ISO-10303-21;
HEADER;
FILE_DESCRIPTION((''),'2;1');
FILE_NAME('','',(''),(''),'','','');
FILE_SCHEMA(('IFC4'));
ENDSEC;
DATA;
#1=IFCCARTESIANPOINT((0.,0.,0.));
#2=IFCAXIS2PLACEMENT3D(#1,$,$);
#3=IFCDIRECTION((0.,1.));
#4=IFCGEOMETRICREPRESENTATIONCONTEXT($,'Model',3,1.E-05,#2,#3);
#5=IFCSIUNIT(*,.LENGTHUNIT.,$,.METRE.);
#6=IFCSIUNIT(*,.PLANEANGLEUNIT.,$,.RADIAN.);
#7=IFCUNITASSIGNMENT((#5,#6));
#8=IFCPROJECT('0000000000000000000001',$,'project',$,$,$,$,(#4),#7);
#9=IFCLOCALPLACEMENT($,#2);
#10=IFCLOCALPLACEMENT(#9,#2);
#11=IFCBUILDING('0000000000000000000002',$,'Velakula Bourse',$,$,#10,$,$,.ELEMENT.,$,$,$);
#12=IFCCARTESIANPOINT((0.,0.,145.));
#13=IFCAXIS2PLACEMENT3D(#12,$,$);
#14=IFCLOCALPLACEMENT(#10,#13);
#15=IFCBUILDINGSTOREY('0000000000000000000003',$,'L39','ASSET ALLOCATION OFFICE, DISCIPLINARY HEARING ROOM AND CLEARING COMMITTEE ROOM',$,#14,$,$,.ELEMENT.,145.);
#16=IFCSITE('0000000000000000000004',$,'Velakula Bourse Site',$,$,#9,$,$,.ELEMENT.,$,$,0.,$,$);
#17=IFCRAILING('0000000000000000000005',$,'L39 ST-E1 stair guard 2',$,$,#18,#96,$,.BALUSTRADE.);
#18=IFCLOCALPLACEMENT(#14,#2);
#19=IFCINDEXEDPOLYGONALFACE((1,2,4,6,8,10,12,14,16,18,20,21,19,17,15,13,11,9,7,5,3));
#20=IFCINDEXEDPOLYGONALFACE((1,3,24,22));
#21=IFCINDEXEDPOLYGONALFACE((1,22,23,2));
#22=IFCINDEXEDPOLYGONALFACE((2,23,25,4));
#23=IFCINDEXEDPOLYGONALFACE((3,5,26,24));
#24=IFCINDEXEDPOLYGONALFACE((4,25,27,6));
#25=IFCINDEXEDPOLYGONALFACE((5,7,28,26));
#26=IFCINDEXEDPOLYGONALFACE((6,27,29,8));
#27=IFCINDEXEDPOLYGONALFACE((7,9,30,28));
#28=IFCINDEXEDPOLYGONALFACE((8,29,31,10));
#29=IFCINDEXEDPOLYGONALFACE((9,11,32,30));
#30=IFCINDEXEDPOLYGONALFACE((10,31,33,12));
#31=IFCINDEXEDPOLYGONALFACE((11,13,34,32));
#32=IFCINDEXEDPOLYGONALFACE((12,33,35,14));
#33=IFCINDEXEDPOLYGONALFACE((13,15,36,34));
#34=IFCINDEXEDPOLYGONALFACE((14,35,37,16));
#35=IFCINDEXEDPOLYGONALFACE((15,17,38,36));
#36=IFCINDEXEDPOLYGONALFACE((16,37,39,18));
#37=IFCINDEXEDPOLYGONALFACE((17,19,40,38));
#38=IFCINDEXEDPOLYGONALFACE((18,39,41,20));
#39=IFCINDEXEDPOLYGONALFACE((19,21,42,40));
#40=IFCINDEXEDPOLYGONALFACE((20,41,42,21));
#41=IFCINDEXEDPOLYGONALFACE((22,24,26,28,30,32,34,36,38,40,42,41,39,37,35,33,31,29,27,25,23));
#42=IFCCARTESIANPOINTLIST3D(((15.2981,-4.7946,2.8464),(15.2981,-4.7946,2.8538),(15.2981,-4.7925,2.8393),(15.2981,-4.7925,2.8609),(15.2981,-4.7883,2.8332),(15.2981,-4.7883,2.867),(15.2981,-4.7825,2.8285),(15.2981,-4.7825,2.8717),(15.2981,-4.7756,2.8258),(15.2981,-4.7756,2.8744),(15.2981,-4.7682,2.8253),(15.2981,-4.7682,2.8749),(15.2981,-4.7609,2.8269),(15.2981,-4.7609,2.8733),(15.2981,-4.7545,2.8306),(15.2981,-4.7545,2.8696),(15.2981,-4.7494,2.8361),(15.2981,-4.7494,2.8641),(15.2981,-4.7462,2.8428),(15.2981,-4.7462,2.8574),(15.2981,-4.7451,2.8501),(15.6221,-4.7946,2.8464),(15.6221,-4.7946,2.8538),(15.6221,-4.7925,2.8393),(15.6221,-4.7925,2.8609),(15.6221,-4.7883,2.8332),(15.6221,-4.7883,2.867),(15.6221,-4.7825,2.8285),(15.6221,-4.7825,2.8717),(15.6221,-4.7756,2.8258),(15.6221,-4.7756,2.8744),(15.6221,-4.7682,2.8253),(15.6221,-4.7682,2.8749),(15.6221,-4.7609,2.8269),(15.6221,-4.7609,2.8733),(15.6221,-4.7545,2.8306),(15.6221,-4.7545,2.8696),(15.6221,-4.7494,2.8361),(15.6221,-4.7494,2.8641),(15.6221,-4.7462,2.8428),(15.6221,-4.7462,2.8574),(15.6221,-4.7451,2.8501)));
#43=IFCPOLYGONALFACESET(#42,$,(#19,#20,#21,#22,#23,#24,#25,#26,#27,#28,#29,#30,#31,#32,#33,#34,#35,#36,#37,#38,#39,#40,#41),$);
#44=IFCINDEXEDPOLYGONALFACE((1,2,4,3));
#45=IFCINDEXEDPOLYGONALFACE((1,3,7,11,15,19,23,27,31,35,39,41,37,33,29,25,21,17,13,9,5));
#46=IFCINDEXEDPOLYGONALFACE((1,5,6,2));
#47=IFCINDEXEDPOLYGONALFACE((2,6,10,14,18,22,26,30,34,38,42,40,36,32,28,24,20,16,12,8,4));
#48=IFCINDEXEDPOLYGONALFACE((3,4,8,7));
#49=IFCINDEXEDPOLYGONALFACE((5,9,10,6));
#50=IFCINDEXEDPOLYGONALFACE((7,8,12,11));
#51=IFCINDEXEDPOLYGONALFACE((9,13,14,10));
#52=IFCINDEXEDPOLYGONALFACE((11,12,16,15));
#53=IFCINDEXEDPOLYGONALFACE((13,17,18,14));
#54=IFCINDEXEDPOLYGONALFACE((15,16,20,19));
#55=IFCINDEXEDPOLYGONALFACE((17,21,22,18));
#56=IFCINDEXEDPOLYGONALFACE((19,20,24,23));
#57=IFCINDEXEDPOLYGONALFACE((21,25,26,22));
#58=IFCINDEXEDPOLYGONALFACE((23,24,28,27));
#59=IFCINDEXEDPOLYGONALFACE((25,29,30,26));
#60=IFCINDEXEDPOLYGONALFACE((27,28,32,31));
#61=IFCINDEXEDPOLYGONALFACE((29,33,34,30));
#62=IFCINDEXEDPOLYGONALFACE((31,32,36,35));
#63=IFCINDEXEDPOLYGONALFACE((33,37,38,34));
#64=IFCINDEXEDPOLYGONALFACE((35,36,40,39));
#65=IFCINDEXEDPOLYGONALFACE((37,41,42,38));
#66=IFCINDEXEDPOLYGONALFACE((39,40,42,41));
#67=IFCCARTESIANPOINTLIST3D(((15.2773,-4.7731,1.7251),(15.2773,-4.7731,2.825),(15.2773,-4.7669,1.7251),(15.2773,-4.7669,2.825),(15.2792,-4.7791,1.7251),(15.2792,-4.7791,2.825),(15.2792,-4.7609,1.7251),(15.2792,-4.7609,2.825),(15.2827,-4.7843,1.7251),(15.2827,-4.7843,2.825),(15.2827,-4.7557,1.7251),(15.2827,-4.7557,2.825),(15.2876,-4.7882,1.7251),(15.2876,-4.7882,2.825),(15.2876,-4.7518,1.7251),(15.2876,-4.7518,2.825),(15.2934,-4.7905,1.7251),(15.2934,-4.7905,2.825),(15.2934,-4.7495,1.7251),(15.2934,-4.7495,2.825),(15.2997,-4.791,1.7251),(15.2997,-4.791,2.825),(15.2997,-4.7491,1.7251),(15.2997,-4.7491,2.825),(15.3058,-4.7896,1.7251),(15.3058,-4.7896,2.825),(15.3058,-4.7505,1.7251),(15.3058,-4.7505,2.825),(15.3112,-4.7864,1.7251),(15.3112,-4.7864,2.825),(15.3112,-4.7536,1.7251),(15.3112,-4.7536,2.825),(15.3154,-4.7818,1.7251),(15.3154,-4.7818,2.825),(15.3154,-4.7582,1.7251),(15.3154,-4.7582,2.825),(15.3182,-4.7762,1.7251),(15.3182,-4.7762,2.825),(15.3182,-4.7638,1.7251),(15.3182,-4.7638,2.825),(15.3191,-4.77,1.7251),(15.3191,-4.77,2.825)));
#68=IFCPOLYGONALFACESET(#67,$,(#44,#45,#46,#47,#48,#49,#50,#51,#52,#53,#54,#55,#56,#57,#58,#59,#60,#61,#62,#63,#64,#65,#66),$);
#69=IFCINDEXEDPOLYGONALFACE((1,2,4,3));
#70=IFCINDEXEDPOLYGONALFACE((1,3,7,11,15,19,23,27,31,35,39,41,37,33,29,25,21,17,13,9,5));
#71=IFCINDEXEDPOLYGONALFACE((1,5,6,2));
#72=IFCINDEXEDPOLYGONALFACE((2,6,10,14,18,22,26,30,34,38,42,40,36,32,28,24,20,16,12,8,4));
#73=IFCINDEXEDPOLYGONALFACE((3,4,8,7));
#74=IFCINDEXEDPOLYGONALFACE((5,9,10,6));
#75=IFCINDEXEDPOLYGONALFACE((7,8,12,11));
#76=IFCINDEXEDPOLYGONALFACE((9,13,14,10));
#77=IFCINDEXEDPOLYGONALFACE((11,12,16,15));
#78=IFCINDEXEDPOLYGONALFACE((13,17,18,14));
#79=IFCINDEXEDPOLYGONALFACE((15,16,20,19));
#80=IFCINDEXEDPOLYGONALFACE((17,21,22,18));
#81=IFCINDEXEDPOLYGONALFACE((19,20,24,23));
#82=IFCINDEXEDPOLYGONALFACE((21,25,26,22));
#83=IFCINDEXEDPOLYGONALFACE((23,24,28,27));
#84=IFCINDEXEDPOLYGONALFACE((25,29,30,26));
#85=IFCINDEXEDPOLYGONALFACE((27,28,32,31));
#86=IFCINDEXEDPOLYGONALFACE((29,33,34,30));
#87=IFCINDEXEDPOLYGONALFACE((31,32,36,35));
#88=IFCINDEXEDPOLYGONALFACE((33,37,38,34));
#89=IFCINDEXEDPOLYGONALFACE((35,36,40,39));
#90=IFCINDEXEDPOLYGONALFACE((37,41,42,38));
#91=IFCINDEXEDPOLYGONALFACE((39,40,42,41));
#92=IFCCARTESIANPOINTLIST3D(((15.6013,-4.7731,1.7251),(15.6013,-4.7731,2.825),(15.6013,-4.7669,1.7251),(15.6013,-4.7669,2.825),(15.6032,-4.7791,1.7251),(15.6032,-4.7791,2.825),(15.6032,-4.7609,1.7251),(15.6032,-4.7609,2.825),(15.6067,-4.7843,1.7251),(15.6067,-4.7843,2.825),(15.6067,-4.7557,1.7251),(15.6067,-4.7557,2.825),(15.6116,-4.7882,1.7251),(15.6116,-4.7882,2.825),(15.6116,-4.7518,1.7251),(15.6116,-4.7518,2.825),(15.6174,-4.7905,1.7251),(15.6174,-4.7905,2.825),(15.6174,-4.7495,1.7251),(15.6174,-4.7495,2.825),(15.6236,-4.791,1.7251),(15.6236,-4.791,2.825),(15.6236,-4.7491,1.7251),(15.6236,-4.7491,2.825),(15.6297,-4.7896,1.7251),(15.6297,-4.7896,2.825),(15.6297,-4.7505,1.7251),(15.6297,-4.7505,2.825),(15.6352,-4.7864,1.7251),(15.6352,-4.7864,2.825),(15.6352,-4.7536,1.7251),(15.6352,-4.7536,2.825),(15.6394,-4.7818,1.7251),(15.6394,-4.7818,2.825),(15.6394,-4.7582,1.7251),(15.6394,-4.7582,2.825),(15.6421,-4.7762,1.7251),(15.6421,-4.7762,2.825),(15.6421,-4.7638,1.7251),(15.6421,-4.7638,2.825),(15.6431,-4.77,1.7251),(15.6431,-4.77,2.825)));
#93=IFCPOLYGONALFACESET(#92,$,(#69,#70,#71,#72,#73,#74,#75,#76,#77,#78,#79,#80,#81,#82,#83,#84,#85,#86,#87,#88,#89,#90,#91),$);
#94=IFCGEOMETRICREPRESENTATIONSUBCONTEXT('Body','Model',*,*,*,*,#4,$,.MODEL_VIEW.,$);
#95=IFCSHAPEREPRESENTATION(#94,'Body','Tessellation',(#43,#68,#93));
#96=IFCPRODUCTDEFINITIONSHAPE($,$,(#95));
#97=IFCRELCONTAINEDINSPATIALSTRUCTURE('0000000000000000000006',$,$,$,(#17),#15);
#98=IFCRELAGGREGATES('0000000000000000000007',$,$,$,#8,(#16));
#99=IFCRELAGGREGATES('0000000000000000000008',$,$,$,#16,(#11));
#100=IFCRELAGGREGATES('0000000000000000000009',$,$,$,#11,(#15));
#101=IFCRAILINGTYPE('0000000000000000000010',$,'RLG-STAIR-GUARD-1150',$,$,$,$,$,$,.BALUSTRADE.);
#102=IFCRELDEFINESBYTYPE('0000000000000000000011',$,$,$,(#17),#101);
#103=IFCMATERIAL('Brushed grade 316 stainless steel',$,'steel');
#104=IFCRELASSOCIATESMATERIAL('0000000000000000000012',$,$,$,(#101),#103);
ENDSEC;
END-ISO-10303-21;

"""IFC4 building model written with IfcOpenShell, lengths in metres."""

from ifc_helpers import new_model, si_unit, direction, frame, origin, origin_2d, place, context, subcontext, project, spatial, circle, extrude, material, type_object, element, save


model = new_model("IFC4")

# Units and contexts
model_context = context("Model", 3, precision=1e-05, world=origin(), true_north=direction((0.0, 1.0)))
body_context = subcontext(model_context, "Body", "Model", "MODEL_VIEW")
ifc_project = project(units=[si_unit("LENGTHUNIT", "METRE"), si_unit("PLANEANGLEUNIT", "RADIAN")], contexts=[model_context])

# Site, building, storey
site_placement = place(None, origin())
site = spatial("IfcSite", under=ifc_project, at=site_placement, Name="Velakula Bourse Site", CompositionType="ELEMENT", RefElevation=0.0)
building_placement = place(site_placement, origin())
building = spatial("IfcBuilding", under=site, at=building_placement, Name="Velakula Bourse", CompositionType="ELEMENT")
storey_placement = place(building_placement, frame((0.0, 0.0, 145.0)))
storey = spatial("IfcBuildingStorey", under=building, at=storey_placement, Name="L39", Description="ASSET ALLOCATION OFFICE, DISCIPLINARY HEARING ROOM AND CLEARING COMMITTEE ROOM", CompositionType="ELEMENT", Elevation=145.0)

# Shared definitions
ifc_material_1 = material(Name="Brushed grade 316 stainless steel", Category="steel")

# Railing
railing_type_1 = type_object("IfcRailingType", Name="RLG-STAIR-GUARD-1150", PredefinedType="BALUSTRADE", material=ifc_material_1)
railing_1_placement = place(storey_placement, frame((15.2981, -4.77, 1.7251)))
element("IfcRailing", 1, at=railing_1_placement, inside=storey, type_object=railing_type_1, Name="L39 ST-E1 stair guard 2", PredefinedType="BALUSTRADE", context=body_context, shape_type="SweptSolid", body=[
    extrude(circle(Radius=0.0249, at=origin_2d()), frame((0.0, 0.0, 1.125), z_axis=(1.0, 0.0, 0.0), x_axis=(0.0, 1.0, 0.0)), (0.0, 0.0, 1.0), 0.324),
    extrude(circle(Radius=0.021, at=origin_2d()), origin(), (0.0, 0.0, 1.0), 1.0999),
    extrude(circle(Radius=0.021, at=origin_2d()), frame((0.324, 0.0, 0.0)), (0.0, 0.0, 1.0), 1.0999),
])

save(model, "model.ifc")
